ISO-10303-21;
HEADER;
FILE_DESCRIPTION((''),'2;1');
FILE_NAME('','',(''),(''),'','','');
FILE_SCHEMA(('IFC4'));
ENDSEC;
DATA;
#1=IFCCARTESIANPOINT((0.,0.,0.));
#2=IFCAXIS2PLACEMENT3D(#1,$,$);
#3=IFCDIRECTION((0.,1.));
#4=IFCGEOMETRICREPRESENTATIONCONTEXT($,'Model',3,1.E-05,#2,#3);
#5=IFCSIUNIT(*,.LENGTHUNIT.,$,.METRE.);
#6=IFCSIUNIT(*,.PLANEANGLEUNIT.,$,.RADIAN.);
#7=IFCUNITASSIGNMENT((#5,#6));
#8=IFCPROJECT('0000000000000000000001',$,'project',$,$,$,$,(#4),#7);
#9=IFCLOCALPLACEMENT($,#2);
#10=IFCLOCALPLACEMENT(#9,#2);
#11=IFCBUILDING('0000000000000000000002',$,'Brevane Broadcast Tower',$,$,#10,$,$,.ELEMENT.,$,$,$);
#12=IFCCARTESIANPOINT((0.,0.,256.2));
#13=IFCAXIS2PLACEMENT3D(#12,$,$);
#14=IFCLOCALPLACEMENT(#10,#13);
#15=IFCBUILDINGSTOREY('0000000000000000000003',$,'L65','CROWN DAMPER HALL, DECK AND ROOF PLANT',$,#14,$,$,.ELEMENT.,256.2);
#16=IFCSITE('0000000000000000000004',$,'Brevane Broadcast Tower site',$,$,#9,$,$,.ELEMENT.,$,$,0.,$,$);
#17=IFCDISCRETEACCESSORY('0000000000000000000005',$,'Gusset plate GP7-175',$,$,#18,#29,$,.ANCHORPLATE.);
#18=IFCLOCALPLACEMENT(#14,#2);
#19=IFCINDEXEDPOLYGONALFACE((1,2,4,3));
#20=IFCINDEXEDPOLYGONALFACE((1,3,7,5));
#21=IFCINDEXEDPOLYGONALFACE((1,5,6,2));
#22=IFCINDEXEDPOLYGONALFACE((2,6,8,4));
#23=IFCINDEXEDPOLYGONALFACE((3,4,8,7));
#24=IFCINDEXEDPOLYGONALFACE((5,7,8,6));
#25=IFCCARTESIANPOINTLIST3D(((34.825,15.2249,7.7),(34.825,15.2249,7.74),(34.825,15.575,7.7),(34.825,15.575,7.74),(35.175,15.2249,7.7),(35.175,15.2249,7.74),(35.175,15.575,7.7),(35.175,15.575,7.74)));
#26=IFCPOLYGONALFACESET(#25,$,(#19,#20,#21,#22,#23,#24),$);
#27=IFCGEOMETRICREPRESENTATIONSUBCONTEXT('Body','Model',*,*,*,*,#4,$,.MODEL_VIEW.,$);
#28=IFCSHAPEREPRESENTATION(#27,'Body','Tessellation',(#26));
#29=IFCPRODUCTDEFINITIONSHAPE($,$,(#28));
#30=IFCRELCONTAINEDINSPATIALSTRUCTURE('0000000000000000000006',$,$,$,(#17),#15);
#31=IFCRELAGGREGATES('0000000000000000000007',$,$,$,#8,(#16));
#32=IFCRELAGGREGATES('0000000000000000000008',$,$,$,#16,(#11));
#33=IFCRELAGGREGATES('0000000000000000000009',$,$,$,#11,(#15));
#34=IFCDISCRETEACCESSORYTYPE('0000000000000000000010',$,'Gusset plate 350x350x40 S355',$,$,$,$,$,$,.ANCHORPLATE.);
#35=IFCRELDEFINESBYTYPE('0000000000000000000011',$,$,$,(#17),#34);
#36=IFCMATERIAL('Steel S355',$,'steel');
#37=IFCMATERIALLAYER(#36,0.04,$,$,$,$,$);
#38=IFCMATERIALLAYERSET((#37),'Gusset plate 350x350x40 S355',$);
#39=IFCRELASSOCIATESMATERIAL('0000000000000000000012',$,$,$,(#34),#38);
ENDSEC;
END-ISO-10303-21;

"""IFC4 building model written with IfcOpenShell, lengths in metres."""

from ifc_helpers import new_model, si_unit, direction, frame, origin, origin_2d, place, context, subcontext, project, spatial, rectangle, extrude, material, layer, layer_set, type_object, element, save


model = new_model("IFC4")

# Units and contexts
model_context = context("Model", 3, precision=1e-05, world=origin(), true_north=direction((0.0, 1.0)))
body_context = subcontext(model_context, "Body", "Model", "MODEL_VIEW")
ifc_project = project(units=[si_unit("LENGTHUNIT", "METRE"), si_unit("PLANEANGLEUNIT", "RADIAN")], contexts=[model_context])

# Site, building, storey
site_placement = place(None, origin())
site = spatial("IfcSite", under=ifc_project, at=site_placement, Name="Brevane Broadcast Tower site", CompositionType="ELEMENT", RefElevation=0.0)
building_placement = place(site_placement, origin())
building = spatial("IfcBuilding", under=site, at=building_placement, Name="Brevane Broadcast Tower", CompositionType="ELEMENT")
storey_placement = place(building_placement, frame((0.0, 0.0, 256.2)))
storey = spatial("IfcBuildingStorey", under=building, at=storey_placement, Name="L65", Description="CROWN DAMPER HALL, DECK AND ROOF PLANT", CompositionType="ELEMENT", Elevation=256.2)

# Shared definitions
ifc_material_1 = material(Name="Steel S355", Category="steel")

# Discrete accessory
ifc_layer_1 = layer(ifc_material_1, 0.04)
ifc_layer_set_1 = layer_set([ifc_layer_1], Name="Gusset plate 350x350x40 S355")
discrete_accessory_type = type_object("IfcDiscreteAccessoryType", Name="Gusset plate 350x350x40 S355", PredefinedType="ANCHORPLATE", material=ifc_layer_set_1)
for number, where, z_axis, x_axis, name in (
    (1, (35.0, 15.3999, 7.7), (0.0, 0.0, 1.0), (1.0, 0.0, 0.0), "Gusset plate GP7-175"),
):
    element("IfcDiscreteAccessory", number, at=place(storey_placement, frame(where, z_axis=z_axis, x_axis=x_axis)), inside=storey, type_object=discrete_accessory_type, Name=name, PredefinedType="ANCHORPLATE", context=body_context, shape_type="SweptSolid", body=[
        extrude(rectangle(XDim=0.3501, YDim=0.3501, at=origin_2d()), origin(), (0.0, 0.0, 1.0), 0.04),
    ])

save(model, "model.ifc")
